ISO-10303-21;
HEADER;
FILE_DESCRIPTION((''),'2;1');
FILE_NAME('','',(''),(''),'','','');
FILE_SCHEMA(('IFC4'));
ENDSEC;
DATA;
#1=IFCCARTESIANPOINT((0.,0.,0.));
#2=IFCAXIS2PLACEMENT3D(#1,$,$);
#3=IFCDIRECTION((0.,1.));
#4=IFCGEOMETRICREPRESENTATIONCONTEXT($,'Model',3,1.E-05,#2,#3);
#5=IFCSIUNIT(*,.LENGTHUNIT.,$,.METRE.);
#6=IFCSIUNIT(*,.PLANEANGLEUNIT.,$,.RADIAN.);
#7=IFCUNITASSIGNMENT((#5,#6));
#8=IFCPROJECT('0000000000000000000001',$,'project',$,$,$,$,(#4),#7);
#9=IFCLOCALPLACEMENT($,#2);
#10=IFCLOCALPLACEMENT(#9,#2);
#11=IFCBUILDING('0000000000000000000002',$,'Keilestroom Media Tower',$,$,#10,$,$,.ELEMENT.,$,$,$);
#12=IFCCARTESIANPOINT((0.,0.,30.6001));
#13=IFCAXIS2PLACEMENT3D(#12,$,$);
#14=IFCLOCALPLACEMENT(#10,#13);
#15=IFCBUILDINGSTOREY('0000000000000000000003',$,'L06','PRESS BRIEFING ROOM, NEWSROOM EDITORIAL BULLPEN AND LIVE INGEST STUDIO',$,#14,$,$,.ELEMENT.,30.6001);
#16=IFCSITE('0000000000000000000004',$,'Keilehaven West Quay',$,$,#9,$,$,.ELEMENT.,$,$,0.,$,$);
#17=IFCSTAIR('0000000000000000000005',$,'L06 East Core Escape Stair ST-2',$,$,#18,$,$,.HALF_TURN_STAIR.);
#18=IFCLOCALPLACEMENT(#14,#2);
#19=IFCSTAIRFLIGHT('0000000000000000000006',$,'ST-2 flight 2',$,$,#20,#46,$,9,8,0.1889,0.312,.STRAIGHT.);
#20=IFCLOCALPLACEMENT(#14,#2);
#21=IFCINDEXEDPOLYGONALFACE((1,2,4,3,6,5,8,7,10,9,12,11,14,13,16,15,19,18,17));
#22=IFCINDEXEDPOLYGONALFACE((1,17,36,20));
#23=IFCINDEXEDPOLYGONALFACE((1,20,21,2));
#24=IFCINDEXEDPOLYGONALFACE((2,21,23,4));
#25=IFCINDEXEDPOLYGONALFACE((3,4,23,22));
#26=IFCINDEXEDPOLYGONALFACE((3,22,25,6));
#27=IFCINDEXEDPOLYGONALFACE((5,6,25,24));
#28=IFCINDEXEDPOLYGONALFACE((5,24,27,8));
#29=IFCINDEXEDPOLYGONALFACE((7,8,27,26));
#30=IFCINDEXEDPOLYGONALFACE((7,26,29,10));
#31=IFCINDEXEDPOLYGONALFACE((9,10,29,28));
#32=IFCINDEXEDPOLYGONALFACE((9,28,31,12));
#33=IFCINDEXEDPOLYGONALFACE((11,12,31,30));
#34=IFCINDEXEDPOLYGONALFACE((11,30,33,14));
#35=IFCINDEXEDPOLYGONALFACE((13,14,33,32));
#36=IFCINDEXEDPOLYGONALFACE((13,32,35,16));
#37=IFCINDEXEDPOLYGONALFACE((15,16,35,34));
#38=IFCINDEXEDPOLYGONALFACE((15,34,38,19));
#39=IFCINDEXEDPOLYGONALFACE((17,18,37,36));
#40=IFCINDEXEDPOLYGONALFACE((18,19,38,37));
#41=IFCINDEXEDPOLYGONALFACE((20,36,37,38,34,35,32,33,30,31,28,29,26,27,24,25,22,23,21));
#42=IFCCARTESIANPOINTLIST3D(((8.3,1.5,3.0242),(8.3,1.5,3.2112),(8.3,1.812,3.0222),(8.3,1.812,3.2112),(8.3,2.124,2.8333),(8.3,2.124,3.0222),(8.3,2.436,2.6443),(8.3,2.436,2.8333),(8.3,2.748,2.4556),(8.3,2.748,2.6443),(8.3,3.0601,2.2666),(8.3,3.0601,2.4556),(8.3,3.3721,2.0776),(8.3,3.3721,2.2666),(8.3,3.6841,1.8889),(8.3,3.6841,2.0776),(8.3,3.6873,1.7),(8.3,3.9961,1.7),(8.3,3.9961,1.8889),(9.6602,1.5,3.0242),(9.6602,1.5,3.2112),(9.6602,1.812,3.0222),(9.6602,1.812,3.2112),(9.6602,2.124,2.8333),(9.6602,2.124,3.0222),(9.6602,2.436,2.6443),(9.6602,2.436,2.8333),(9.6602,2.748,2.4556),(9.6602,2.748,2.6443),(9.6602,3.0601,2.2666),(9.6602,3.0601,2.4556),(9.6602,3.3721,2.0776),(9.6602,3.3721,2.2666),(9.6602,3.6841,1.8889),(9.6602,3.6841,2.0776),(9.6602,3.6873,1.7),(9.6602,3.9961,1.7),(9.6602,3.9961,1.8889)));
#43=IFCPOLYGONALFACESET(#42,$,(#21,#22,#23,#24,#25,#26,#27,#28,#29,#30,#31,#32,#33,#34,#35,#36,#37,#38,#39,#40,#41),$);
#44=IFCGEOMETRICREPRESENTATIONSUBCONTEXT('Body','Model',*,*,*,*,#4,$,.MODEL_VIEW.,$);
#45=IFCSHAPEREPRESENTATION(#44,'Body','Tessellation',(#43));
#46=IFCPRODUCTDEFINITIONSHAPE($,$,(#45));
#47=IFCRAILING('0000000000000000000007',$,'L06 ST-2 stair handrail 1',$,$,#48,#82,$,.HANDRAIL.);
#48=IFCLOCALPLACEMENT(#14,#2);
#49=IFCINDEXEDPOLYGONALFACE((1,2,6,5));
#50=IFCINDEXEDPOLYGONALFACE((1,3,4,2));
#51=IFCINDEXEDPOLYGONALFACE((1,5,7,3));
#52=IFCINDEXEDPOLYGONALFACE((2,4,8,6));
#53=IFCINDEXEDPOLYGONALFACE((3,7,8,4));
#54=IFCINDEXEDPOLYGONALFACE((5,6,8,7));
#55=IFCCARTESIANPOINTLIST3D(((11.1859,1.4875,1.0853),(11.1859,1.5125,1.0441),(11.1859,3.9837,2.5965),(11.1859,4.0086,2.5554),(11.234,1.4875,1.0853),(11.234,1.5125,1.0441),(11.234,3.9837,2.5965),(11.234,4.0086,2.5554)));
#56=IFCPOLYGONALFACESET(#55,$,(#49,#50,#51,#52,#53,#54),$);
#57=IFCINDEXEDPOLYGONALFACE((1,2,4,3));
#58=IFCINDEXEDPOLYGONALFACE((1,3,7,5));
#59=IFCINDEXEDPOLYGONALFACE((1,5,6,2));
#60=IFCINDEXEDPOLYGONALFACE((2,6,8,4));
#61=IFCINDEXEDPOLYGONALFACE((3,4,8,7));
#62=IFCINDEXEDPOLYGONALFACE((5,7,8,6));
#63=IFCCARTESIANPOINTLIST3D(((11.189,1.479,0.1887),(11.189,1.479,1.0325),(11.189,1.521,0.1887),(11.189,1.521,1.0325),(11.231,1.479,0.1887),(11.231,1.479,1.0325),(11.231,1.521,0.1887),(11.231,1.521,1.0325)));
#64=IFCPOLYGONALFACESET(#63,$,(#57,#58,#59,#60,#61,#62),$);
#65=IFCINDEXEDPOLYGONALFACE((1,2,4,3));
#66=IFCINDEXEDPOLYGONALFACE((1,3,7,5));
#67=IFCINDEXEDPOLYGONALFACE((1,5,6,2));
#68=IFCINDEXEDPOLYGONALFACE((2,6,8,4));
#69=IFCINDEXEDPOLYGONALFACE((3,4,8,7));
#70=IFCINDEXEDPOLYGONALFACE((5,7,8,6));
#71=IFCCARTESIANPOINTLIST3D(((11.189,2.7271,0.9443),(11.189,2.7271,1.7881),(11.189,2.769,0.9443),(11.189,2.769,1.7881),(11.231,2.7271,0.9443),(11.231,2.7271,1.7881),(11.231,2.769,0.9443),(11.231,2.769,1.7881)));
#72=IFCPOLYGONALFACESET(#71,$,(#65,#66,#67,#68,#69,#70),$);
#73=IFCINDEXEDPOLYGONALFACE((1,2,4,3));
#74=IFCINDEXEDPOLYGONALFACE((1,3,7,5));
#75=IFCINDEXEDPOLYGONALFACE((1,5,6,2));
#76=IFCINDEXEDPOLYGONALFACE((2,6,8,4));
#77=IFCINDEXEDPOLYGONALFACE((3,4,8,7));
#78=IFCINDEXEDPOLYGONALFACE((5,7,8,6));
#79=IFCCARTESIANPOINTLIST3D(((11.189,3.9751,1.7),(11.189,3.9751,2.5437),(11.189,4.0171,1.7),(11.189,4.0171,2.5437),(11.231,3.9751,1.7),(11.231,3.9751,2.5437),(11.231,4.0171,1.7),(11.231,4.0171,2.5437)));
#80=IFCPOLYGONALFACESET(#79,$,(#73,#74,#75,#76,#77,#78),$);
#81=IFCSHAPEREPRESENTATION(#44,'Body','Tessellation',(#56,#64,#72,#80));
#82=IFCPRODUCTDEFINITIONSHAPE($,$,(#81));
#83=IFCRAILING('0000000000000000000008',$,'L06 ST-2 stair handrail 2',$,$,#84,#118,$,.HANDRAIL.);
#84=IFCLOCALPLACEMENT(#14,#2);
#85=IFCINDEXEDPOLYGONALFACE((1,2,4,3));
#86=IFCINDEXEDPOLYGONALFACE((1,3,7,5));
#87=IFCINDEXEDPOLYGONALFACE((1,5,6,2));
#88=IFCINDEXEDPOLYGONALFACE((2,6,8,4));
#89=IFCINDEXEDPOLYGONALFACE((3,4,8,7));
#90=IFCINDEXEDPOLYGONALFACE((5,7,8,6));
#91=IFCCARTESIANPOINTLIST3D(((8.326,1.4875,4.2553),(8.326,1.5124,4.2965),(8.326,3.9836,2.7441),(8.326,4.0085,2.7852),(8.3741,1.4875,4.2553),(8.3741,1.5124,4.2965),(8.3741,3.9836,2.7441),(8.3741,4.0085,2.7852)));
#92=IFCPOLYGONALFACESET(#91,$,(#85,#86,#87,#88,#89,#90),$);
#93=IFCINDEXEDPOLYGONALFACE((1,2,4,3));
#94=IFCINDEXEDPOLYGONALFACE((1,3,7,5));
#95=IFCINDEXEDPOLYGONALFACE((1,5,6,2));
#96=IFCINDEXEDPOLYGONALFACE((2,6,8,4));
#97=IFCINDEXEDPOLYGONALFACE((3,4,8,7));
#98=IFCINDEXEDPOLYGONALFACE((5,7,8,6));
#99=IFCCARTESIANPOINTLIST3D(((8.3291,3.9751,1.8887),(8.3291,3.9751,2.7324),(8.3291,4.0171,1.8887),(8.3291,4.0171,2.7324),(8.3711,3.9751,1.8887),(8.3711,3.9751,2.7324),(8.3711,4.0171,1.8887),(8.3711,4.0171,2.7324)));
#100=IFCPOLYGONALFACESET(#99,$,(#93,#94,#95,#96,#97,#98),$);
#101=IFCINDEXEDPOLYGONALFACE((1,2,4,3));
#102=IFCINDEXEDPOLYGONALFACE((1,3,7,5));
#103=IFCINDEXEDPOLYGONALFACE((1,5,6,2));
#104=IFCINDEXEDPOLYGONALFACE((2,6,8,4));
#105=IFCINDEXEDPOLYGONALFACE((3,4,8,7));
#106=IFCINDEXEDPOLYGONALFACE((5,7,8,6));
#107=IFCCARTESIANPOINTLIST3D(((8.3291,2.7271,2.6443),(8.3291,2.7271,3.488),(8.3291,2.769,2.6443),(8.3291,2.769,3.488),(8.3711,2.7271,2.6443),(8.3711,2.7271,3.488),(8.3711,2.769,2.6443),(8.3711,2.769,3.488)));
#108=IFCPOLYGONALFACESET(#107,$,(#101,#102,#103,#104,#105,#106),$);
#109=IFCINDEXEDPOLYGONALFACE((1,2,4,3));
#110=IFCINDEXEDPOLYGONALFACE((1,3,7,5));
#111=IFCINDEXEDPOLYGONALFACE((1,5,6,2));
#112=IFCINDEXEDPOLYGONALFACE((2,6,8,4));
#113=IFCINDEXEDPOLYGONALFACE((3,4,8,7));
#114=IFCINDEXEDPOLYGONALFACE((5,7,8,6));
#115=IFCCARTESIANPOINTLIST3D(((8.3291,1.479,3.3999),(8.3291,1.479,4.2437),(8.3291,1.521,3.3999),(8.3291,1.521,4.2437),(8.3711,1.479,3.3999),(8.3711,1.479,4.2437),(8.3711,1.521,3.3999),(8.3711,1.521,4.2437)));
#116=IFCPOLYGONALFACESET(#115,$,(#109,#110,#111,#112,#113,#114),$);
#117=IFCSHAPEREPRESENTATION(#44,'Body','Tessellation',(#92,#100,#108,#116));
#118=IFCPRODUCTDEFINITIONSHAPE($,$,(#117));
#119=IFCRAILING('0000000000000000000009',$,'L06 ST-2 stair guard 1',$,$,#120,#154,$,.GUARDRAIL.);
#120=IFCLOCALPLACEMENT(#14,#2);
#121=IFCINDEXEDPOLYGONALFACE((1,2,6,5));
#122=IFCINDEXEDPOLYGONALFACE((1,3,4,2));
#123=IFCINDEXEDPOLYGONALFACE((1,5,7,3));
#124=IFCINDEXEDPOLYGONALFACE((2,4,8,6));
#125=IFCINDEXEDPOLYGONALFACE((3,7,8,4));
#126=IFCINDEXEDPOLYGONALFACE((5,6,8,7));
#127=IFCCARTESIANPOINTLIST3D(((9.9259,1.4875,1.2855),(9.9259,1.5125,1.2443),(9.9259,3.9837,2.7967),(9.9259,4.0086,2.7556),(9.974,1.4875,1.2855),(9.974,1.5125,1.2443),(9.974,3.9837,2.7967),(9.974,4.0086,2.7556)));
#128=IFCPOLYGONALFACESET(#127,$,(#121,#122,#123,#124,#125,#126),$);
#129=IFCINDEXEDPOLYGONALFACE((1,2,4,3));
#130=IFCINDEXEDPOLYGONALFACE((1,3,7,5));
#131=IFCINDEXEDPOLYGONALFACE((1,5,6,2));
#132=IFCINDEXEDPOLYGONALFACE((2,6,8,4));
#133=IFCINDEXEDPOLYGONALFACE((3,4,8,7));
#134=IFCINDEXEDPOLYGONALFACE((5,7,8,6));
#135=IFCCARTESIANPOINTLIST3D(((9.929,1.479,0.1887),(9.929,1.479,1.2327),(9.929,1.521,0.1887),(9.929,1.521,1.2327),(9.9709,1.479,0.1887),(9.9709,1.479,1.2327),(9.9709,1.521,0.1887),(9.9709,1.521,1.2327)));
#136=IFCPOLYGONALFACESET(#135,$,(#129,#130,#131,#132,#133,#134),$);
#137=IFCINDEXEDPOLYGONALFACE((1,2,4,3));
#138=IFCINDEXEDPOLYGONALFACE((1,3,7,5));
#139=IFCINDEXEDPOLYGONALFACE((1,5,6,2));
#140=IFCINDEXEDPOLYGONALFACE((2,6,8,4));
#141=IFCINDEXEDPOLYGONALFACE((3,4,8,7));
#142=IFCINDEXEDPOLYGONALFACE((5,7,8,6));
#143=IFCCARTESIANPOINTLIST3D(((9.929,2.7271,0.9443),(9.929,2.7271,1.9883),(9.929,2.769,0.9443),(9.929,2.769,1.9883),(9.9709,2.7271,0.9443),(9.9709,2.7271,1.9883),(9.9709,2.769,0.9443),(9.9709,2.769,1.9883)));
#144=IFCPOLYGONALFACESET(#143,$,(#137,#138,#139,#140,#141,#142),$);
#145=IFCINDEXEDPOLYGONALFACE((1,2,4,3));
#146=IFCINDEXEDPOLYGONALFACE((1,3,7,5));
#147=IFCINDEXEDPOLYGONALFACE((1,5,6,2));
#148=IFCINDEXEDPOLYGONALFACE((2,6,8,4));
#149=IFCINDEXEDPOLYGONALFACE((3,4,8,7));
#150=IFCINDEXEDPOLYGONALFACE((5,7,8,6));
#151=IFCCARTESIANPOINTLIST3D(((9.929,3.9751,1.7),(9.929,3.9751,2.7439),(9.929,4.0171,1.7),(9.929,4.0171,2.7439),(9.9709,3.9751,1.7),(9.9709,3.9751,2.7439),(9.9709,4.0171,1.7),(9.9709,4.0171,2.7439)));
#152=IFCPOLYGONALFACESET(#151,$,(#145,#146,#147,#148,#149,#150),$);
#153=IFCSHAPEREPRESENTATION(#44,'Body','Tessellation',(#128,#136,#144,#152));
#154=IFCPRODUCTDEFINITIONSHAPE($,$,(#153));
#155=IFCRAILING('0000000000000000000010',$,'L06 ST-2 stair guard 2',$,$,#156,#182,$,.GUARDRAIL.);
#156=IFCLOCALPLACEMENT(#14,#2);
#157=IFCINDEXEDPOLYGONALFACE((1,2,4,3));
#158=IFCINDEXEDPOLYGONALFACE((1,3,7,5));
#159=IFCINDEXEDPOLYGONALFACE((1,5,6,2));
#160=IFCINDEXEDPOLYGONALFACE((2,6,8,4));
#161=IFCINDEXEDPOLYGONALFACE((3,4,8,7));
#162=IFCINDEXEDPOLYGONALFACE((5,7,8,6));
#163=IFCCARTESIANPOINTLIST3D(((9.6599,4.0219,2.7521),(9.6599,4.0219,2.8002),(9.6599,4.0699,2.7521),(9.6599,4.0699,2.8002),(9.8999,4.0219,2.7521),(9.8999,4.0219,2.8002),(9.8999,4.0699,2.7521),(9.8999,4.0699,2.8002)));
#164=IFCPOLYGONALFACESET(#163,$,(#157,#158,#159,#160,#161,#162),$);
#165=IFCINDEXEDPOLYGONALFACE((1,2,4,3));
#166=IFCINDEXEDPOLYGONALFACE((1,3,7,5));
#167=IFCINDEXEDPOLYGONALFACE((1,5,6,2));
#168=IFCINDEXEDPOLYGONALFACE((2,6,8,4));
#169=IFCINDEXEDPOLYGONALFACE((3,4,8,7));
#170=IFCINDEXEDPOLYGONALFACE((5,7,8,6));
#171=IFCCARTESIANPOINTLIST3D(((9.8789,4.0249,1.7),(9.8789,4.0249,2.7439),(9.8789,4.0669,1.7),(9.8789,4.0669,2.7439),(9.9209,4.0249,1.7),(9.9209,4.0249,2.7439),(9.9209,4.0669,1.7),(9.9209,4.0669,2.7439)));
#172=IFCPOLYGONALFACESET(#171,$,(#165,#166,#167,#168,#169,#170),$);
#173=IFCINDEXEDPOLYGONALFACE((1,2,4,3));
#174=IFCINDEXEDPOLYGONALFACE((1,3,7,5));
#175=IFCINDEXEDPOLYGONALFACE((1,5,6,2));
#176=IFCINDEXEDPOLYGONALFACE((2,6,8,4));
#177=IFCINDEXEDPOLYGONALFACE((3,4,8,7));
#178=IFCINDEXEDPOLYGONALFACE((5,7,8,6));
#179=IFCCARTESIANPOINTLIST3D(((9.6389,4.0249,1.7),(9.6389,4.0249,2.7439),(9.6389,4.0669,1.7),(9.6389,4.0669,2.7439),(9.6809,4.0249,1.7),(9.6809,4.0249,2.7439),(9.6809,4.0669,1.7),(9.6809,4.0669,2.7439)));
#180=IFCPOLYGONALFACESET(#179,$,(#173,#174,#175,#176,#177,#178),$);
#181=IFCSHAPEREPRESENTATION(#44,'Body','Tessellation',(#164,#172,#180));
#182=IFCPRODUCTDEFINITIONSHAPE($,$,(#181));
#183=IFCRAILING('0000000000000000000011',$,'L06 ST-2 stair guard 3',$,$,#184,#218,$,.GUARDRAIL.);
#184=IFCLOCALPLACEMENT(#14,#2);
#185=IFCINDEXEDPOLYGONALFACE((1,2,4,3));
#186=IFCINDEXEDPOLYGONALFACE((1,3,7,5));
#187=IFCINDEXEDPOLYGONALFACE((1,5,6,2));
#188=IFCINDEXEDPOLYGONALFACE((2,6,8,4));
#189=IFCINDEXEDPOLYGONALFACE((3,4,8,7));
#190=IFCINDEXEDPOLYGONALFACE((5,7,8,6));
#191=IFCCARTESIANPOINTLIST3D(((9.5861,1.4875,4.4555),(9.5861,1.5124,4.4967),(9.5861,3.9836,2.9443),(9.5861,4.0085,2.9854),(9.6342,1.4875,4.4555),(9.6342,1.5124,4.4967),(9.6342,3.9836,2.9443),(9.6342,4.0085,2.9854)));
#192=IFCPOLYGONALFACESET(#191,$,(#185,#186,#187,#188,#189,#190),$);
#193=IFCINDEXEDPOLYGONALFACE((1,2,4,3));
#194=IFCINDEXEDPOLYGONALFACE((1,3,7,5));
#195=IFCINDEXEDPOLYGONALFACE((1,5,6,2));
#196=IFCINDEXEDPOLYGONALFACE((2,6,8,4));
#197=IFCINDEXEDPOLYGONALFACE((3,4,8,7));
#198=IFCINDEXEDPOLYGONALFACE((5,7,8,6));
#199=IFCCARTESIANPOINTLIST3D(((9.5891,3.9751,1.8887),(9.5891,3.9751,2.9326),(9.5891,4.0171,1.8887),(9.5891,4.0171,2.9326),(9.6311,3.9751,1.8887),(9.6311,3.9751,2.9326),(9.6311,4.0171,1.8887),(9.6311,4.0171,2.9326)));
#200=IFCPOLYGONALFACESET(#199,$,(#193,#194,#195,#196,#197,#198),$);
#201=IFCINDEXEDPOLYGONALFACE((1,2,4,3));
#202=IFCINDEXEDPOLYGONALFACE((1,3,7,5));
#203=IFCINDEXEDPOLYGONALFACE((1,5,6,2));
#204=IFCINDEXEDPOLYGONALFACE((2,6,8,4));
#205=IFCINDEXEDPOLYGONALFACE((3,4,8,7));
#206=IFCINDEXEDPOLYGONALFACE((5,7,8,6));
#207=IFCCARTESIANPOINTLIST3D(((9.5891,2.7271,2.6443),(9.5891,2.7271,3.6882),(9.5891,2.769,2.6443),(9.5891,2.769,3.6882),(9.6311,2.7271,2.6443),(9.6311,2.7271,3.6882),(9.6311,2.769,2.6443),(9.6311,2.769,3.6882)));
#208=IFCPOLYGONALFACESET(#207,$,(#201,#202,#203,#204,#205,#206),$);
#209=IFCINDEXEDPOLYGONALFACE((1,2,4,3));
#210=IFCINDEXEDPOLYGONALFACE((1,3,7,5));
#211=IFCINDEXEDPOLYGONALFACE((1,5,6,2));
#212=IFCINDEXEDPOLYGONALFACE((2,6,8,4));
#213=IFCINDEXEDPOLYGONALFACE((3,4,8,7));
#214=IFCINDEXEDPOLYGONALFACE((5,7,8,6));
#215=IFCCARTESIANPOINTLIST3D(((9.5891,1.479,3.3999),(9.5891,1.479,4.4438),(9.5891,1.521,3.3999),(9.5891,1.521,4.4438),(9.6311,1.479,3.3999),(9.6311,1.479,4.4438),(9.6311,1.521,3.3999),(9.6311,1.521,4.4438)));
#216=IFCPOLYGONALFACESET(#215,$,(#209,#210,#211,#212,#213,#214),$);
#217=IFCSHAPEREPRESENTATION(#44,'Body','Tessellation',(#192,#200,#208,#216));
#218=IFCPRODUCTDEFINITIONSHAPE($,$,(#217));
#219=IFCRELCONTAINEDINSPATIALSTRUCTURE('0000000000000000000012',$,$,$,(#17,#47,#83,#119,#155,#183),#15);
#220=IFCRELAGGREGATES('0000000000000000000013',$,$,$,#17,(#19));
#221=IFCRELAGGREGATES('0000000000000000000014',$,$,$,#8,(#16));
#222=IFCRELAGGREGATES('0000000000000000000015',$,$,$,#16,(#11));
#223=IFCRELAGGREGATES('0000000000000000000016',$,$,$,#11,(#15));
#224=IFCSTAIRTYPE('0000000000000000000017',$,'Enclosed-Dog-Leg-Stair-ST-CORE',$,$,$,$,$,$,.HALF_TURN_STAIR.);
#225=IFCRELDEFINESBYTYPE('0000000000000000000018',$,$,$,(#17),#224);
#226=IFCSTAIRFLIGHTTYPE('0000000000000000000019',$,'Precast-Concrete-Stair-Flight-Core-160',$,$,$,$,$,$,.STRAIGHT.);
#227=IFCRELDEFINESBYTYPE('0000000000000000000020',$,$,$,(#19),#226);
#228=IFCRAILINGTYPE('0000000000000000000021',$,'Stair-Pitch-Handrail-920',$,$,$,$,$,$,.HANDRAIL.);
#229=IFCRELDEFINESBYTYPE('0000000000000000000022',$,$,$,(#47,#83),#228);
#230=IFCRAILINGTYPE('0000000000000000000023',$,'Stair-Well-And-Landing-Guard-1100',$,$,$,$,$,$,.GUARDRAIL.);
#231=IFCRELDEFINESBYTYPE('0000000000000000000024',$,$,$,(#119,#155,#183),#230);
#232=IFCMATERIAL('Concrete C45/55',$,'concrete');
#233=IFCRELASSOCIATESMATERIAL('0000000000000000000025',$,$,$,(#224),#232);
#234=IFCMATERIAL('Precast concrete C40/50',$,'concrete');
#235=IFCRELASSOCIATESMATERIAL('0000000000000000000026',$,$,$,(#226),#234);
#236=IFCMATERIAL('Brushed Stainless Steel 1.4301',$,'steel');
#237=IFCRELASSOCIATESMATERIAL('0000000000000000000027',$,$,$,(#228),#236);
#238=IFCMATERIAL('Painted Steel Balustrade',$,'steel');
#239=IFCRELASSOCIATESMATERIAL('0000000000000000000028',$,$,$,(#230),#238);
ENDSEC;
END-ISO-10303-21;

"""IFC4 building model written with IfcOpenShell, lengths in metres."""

from ifc_helpers import new_model, si_unit, direction, frame, origin, origin_2d, place, context, subcontext, project, spatial, polyline, rectangle, outline, extrude, material, type_object, element, aggregate, save


model = new_model("IFC4")

# Units and contexts
model_context = context("Model", 3, precision=1e-05, world=origin(), true_north=direction((0.0, 1.0)))
body_context = subcontext(model_context, "Body", "Model", "MODEL_VIEW")
ifc_project = project(units=[si_unit("LENGTHUNIT", "METRE"), si_unit("PLANEANGLEUNIT", "RADIAN")], contexts=[model_context])

# Site, building, storey
site_placement = place(None, origin())
site = spatial("IfcSite", under=ifc_project, at=site_placement, Name="Keilehaven West Quay", CompositionType="ELEMENT", RefElevation=0.0)
building_placement = place(site_placement, origin())
building = spatial("IfcBuilding", under=site, at=building_placement, Name="Keilestroom Media Tower", CompositionType="ELEMENT")
storey_placement = place(building_placement, frame((0.0, 0.0, 30.6001)))
storey = spatial("IfcBuildingStorey", under=building, at=storey_placement, Name="L06", Description="PRESS BRIEFING ROOM, NEWSROOM EDITORIAL BULLPEN AND LIVE INGEST STUDIO", CompositionType="ELEMENT", Elevation=30.6001)

# Stair
ifc_material_1 = material(Name="Concrete C45/55", Category="concrete")
stair_type = type_object("IfcStairType", Name="Enclosed-Dog-Leg-Stair-ST-CORE", PredefinedType="HALF_TURN_STAIR", material=ifc_material_1)
stair_1_placement = place(storey_placement, origin())
stair_1 = element("IfcStair", 1, at=stair_1_placement, inside=storey, type_object=stair_type, Name="L06 East Core Escape Stair ST-2", PredefinedType="HALF_TURN_STAIR")

# Shared definitions
ifc_material_2 = material(Name="Precast concrete C40/50", Category="concrete")

# Stair flight
stair_flight_type = type_object("IfcStairFlightType", Name="Precast-Concrete-Stair-Flight-Core-160", PredefinedType="STRAIGHT", material=ifc_material_2)
stair_flight_1_placement = place(storey_placement, frame((8.98, 3.9961, 1.7), z_axis=(0.0, 0.0, 1.0), x_axis=(0.0, -1.0, 0.0)))
stair_flight_1 = element("IfcStairFlight", 2, at=stair_flight_1_placement, type_object=stair_flight_type, Name="ST-2 flight 2", NumberOfRisers=9, NumberOfTreads=8, PredefinedType="STRAIGHT", RiserHeight=0.1889, TreadLength=0.312, context=body_context, shape_type="SweptSolid", body=[
    extrude(outline(polyline([(0.0, 0.0), (0.0, 0.189), (0.312, 0.189), (0.312, 0.3777), (0.624, 0.3777), (0.624, 0.5667), (0.936, 0.5667), (0.936, 0.7556), (1.248, 0.7556), (1.248, 0.9443), (1.5601, 0.9443), (1.5601, 1.1333), (1.8721, 1.1333), (1.8721, 1.3223), (2.1841, 1.3223), (2.1841, 1.5112), (2.4961, 1.5112), (2.4961, 1.7), (2.4961, 1.3242), (0.3088, 0.0), (0.0, 0.0)])), frame((0.0, 0.6802, 0.0), z_axis=(0.0, -1.0, 0.0), x_axis=(1.0, 0.0, 0.0)), (0.0, 0.0, 1.0), 1.3601),
])
aggregate(stair_1, [stair_flight_1])

# Railings
ifc_material_3 = material(Name="Brushed Stainless Steel 1.4301", Category="steel")
railing_type_1 = type_object("IfcRailingType", Name="Stair-Pitch-Handrail-920", PredefinedType="HANDRAIL", material=ifc_material_3)
railing_1_placement = place(storey_placement, frame((11.21, 1.5, 0.1887)))
element("IfcRailing", 3, at=railing_1_placement, inside=storey, type_object=railing_type_1, Name="L06 ST-2 stair handrail 1", PredefinedType="HANDRAIL", context=body_context, shape_type="SweptSolid", body=[
    extrude(rectangle(XDim=0.0481, YDim=0.0481, at=origin_2d()), frame((0.0, 0.0, 0.876), z_axis=(0.0, 0.855434, 0.517912), x_axis=(-1.0, 0.0, 0.0)), (0.0, 0.0, 1.0), 2.918),
    extrude(rectangle(XDim=0.042, YDim=0.042, at=origin_2d()), origin(), (0.0, 0.0, 1.0), 0.8438),
    extrude(rectangle(XDim=0.042, YDim=0.042, at=origin_2d()), frame((0.0, 1.248, 0.7556)), (0.0, 0.0, 1.0), 0.8438),
    extrude(rectangle(XDim=0.042, YDim=0.042, at=origin_2d()), frame((0.0, 2.4961, 1.5112)), (0.0, 0.0, 1.0), 0.8438),
])
railing_2_placement = place(storey_placement, frame((8.3501, 3.9961, 1.8887)))
element("IfcRailing", 4, at=railing_2_placement, inside=storey, type_object=railing_type_1, Name="L06 ST-2 stair handrail 2", PredefinedType="HANDRAIL", context=body_context, shape_type="SweptSolid", body=[
    extrude(rectangle(XDim=0.0481, YDim=0.0481, at=origin_2d()), frame((0.0, 0.0, 0.876), z_axis=(0.0, -0.855434, 0.517912), x_axis=(1.0, 0.0, 0.0)), (0.0, 0.0, 1.0), 2.918),
    extrude(rectangle(XDim=0.042, YDim=0.042, at=origin_2d()), origin(), (0.0, 0.0, 1.0), 0.8438),
    extrude(rectangle(XDim=0.042, YDim=0.042, at=origin_2d()), frame((0.0, -1.248, 0.7556)), (0.0, 0.0, 1.0), 0.8438),
    extrude(rectangle(XDim=0.042, YDim=0.042, at=origin_2d()), frame((0.0, -2.4961, 1.5112)), (0.0, 0.0, 1.0), 0.8438),
])
ifc_material_4 = material(Name="Painted Steel Balustrade", Category="steel")
railing_type_2 = type_object("IfcRailingType", Name="Stair-Well-And-Landing-Guard-1100", PredefinedType="GUARDRAIL", material=ifc_material_4)
railing_3_placement = place(storey_placement, frame((9.95, 1.5, 0.1887)))
element("IfcRailing", 5, at=railing_3_placement, inside=storey, type_object=railing_type_2, Name="L06 ST-2 stair guard 1", PredefinedType="GUARDRAIL", context=body_context, shape_type="SweptSolid", body=[
    extrude(rectangle(XDim=0.0481, YDim=0.0481, at=origin_2d()), frame((0.0, 0.0, 1.0762), z_axis=(0.0, 0.855434, 0.517912), x_axis=(-1.0, 0.0, 0.0)), (0.0, 0.0, 1.0), 2.918),
    extrude(rectangle(XDim=0.042, YDim=0.042, at=origin_2d()), origin(), (0.0, 0.0, 1.0), 1.0439),
    extrude(rectangle(XDim=0.042, YDim=0.042, at=origin_2d()), frame((0.0, 1.248, 0.7556)), (0.0, 0.0, 1.0), 1.0439),
    extrude(rectangle(XDim=0.042, YDim=0.042, at=origin_2d()), frame((0.0, 2.4961, 1.5112)), (0.0, 0.0, 1.0), 1.0439),
])
railing_4_placement = place(storey_placement, frame((9.8999, 4.0459, 1.7)))
element("IfcRailing", 6, at=railing_4_placement, inside=storey, type_object=railing_type_2, Name="L06 ST-2 stair guard 2", PredefinedType="GUARDRAIL", context=body_context, shape_type="SweptSolid", body=[
    extrude(rectangle(XDim=0.0481, YDim=0.0481, at=origin_2d()), frame((0.0, 0.0, 1.0762), z_axis=(-1.0, 0.0, 0.0), x_axis=(0.0, -1.0, 0.0)), (0.0, 0.0, 1.0), 0.24),
    extrude(rectangle(XDim=0.042, YDim=0.042, at=origin_2d()), origin(), (0.0, 0.0, 1.0), 1.0439),
    extrude(rectangle(XDim=0.042, YDim=0.042, at=origin_2d()), frame((-0.24, 0.0, 0.0)), (0.0, 0.0, 1.0), 1.0439),
])
railing_5_placement = place(storey_placement, frame((9.6101, 3.9961, 1.8887)))
element("IfcRailing", 7, at=railing_5_placement, inside=storey, type_object=railing_type_2, Name="L06 ST-2 stair guard 3", PredefinedType="GUARDRAIL", context=body_context, shape_type="SweptSolid", body=[
    extrude(rectangle(XDim=0.0481, YDim=0.0481, at=origin_2d()), frame((0.0, 0.0, 1.0762), z_axis=(0.0, -0.855434, 0.517912), x_axis=(1.0, 0.0, 0.0)), (0.0, 0.0, 1.0), 2.918),
    extrude(rectangle(XDim=0.042, YDim=0.042, at=origin_2d()), origin(), (0.0, 0.0, 1.0), 1.0439),
    extrude(rectangle(XDim=0.042, YDim=0.042, at=origin_2d()), frame((0.0, -1.248, 0.7556)), (0.0, 0.0, 1.0), 1.0439),
    extrude(rectangle(XDim=0.042, YDim=0.042, at=origin_2d()), frame((0.0, -2.4961, 1.5112)), (0.0, 0.0, 1.0), 1.0439),
])

save(model, "model.ifc")
